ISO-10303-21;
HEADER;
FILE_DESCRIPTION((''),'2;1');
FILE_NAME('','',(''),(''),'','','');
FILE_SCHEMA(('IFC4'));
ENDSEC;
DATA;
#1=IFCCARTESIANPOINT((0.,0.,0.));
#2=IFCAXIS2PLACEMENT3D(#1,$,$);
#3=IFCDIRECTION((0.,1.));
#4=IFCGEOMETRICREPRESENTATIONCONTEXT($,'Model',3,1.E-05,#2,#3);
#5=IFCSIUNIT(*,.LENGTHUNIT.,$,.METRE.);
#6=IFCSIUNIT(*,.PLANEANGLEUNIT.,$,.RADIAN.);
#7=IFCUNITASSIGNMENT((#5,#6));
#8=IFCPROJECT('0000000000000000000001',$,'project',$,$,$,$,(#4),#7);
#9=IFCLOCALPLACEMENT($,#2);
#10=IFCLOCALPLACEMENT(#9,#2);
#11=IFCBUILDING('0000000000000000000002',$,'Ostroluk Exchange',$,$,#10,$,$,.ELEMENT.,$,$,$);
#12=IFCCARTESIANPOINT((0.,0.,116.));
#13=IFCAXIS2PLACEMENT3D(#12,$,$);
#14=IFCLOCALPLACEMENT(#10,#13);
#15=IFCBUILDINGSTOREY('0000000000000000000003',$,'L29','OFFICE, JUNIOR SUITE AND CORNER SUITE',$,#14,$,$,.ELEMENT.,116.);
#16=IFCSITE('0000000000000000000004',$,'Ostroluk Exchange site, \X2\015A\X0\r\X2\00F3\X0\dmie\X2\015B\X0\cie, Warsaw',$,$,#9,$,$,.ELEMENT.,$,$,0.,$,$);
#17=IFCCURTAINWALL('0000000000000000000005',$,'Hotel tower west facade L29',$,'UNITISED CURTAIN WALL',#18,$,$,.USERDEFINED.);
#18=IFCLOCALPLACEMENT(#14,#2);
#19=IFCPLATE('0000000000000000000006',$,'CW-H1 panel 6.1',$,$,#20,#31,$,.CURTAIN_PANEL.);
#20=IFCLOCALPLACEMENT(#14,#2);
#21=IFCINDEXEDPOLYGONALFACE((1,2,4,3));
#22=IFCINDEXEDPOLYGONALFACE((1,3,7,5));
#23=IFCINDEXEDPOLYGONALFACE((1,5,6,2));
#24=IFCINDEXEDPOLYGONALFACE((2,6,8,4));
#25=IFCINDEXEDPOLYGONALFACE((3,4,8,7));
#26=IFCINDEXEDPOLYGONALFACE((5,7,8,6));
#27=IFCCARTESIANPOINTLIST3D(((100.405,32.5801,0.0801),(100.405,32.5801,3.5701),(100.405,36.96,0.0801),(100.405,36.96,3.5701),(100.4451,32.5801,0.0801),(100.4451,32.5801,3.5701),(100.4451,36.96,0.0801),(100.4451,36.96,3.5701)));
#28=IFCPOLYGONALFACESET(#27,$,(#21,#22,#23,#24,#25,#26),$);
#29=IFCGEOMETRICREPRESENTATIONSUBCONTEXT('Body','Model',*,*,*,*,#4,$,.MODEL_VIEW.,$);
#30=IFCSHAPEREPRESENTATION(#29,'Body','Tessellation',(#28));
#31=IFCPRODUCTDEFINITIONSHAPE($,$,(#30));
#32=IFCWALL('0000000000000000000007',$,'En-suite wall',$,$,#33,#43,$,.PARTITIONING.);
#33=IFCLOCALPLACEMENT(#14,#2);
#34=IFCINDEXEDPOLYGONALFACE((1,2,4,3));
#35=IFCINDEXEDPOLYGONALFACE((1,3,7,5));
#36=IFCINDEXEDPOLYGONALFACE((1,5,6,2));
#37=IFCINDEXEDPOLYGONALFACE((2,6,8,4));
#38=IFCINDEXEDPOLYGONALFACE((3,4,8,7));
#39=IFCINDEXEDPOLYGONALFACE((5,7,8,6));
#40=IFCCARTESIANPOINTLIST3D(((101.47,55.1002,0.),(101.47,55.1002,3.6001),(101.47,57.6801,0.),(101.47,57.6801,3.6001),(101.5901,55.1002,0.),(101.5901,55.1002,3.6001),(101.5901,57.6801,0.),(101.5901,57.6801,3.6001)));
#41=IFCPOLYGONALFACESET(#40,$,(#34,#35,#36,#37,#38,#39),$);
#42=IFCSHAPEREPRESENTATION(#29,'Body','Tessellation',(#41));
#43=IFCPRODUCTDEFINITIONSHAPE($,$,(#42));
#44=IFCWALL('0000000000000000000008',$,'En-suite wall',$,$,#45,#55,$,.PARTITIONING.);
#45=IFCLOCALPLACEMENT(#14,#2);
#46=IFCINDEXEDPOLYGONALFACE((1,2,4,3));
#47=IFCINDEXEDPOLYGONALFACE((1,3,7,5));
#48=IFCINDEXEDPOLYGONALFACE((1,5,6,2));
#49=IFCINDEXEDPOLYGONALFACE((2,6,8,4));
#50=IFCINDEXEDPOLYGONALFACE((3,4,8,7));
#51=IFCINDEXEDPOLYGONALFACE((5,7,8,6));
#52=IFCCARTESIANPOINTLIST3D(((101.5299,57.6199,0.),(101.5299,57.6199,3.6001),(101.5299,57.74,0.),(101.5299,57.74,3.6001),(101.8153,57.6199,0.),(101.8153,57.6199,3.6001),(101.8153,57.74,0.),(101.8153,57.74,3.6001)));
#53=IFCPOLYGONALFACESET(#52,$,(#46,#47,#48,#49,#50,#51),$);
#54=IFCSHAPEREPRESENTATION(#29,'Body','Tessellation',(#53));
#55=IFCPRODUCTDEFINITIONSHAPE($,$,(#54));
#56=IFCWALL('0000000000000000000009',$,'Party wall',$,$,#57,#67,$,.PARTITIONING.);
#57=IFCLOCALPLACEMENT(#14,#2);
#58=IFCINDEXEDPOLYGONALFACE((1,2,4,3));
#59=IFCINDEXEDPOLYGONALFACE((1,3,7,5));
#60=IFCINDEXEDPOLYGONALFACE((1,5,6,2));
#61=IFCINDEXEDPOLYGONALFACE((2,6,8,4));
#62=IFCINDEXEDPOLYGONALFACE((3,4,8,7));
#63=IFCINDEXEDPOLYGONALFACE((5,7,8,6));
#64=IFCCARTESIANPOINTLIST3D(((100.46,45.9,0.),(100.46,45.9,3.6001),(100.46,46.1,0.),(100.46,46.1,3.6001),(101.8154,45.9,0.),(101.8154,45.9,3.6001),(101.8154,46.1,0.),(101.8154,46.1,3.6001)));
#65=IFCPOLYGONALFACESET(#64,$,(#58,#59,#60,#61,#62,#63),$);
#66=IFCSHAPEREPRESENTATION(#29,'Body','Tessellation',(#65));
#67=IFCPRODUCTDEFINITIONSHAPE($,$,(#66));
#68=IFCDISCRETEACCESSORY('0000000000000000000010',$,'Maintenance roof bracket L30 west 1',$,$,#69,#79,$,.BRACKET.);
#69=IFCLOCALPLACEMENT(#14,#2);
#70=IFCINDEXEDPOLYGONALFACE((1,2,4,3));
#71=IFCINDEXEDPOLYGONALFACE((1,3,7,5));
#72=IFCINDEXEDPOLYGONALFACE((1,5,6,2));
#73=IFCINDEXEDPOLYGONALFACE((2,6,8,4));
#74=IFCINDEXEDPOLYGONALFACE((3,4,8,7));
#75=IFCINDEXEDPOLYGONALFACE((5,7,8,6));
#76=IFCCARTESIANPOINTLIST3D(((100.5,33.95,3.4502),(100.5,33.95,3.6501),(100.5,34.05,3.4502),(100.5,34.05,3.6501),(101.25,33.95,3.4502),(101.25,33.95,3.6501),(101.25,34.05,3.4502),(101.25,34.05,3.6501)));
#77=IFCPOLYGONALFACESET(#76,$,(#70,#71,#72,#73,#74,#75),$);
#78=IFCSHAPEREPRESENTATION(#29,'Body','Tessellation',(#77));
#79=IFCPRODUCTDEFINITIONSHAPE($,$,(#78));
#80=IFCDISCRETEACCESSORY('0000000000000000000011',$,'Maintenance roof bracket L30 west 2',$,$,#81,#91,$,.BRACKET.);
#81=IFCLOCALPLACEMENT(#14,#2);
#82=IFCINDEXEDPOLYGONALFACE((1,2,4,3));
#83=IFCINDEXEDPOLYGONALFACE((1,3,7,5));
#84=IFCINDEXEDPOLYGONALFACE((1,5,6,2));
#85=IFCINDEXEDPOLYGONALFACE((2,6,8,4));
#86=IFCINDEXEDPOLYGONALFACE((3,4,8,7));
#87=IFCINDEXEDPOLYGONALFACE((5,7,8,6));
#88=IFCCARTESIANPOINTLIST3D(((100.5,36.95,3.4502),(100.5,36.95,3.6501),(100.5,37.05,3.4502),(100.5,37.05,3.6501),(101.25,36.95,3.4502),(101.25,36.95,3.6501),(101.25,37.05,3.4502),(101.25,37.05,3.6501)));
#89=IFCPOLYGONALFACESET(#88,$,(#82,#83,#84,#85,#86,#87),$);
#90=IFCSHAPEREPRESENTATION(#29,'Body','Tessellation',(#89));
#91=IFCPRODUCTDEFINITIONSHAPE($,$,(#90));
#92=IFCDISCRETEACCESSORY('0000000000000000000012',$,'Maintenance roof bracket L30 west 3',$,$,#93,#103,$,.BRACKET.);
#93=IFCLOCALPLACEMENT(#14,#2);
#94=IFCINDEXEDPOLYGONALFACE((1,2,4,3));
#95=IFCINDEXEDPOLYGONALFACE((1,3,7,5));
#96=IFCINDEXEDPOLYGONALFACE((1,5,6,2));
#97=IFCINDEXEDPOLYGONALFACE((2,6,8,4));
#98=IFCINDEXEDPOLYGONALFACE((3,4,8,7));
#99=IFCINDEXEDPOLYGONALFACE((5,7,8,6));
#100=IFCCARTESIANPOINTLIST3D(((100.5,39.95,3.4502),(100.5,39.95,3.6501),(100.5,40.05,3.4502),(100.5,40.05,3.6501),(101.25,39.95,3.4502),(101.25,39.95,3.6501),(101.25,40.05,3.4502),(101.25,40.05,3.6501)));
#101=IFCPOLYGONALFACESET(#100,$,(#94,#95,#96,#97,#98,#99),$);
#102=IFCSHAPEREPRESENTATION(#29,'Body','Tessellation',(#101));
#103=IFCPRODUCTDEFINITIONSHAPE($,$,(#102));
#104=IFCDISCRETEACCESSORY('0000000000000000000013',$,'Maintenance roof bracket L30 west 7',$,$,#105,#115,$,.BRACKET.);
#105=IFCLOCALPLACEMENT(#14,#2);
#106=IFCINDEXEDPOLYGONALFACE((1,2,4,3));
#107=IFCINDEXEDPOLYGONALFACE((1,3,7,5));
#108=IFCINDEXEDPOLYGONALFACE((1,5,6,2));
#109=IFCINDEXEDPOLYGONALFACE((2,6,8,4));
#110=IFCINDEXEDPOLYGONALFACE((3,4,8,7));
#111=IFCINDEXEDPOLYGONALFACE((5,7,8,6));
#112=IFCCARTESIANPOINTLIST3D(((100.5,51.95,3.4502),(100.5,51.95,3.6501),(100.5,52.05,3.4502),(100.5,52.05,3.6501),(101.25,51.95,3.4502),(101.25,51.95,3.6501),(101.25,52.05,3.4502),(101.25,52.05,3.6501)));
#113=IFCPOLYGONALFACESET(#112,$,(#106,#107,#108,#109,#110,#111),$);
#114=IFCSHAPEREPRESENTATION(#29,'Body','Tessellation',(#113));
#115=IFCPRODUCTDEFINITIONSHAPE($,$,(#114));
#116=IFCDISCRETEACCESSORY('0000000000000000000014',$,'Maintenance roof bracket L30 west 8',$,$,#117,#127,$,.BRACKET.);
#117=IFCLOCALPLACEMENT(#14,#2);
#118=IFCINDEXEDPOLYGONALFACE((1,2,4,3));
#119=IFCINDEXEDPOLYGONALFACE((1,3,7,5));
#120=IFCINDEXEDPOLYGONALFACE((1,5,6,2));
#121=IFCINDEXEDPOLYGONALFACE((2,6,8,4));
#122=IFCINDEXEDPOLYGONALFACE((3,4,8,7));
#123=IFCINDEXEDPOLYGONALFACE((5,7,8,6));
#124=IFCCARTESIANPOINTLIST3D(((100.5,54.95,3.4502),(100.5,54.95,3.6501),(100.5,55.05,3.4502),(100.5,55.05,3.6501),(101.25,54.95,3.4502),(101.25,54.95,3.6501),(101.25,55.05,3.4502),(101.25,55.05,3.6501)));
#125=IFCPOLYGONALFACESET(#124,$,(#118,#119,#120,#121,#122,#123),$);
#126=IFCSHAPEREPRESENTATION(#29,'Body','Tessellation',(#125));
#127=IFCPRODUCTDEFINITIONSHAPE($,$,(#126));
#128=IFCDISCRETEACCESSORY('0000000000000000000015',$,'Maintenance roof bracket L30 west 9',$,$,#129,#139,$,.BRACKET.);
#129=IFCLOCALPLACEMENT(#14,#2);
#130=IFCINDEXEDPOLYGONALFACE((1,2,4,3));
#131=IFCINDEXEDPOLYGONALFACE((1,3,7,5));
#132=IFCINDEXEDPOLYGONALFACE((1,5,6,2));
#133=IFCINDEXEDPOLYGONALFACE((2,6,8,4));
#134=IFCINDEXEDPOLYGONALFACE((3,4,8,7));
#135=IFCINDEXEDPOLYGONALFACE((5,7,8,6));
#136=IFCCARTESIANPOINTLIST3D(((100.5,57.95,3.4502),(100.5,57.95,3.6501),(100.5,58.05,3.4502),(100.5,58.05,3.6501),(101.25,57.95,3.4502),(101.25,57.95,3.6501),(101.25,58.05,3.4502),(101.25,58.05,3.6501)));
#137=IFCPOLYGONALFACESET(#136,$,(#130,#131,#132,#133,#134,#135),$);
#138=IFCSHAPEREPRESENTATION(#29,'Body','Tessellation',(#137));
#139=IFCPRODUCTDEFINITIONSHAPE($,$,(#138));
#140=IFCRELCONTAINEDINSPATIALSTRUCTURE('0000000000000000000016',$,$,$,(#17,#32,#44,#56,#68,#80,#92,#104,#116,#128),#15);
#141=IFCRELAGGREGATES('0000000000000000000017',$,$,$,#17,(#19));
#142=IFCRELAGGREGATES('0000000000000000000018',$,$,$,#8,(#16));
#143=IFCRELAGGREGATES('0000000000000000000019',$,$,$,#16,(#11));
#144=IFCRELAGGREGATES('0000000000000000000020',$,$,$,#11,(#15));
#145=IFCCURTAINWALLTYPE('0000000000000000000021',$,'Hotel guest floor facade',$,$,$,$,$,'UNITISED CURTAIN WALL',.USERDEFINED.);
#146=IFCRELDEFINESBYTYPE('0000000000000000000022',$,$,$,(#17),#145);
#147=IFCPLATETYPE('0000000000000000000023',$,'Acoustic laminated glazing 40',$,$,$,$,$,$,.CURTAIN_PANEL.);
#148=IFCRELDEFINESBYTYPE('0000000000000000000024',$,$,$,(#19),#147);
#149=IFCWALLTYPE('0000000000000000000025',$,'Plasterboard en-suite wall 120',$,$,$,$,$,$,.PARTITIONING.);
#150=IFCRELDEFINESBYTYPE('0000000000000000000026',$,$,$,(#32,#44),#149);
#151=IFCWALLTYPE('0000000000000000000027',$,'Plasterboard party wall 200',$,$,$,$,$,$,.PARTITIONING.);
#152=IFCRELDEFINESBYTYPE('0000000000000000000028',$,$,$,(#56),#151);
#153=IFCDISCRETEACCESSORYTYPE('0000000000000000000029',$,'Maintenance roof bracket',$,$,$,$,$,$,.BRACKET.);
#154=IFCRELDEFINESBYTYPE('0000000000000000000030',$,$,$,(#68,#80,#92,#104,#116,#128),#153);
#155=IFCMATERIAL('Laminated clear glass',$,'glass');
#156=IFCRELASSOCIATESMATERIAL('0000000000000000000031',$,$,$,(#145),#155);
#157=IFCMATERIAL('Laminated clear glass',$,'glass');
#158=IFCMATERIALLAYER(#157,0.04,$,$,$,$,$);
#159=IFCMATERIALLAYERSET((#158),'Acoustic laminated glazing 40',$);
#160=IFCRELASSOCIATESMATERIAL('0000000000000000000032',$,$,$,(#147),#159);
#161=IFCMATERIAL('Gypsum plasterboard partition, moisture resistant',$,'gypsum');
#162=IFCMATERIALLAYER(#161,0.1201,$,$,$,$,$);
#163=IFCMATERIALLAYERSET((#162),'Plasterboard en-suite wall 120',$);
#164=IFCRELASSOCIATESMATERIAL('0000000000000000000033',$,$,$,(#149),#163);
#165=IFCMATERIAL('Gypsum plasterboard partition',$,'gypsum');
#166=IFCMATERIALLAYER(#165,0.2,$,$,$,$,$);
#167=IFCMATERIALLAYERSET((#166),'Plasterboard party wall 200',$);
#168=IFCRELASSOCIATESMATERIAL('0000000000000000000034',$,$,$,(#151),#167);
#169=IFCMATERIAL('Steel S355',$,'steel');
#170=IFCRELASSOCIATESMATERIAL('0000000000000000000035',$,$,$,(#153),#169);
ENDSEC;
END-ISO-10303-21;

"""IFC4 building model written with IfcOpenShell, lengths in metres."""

from ifc_helpers import new_model, si_unit, direction, frame, frame_2d, origin, origin_2d, place, context, subcontext, project, spatial, rectangle, extrude, material, layer, layer_set, type_object, element, aggregate, save


model = new_model("IFC4")

# Units and contexts
model_context = context("Model", 3, precision=1e-05, world=origin(), true_north=direction((0.0, 1.0)))
body_context = subcontext(model_context, "Body", "Model", "MODEL_VIEW")
ifc_project = project(units=[si_unit("LENGTHUNIT", "METRE"), si_unit("PLANEANGLEUNIT", "RADIAN")], contexts=[model_context])

# Site, building, storey
site_placement = place(None, origin())
site = spatial("IfcSite", under=ifc_project, at=site_placement, Name="Ostroluk Exchange site, Śródmieście, Warsaw", CompositionType="ELEMENT", RefElevation=0.0)
building_placement = place(site_placement, origin())
building = spatial("IfcBuilding", under=site, at=building_placement, Name="Ostroluk Exchange", CompositionType="ELEMENT")
storey_placement = place(building_placement, frame((0.0, 0.0, 116.0)))
storey = spatial("IfcBuildingStorey", under=building, at=storey_placement, Name="L29", Description="OFFICE, JUNIOR SUITE AND CORNER SUITE", CompositionType="ELEMENT", Elevation=116.0)

# Curtain wall
ifc_material_1 = material(Name="Laminated clear glass", Category="glass")
curtain_wall_type_1 = type_object("IfcCurtainWallType", Name="Hotel guest floor facade", ElementType="UNITISED CURTAIN WALL", PredefinedType="USERDEFINED", material=ifc_material_1)
curtain_wall_1_placement = place(storey_placement, origin())
curtain_wall_1 = element("IfcCurtainWall", 1, at=curtain_wall_1_placement, inside=storey, type_object=curtain_wall_type_1, Name="Hotel tower west facade L29", ObjectType="UNITISED CURTAIN WALL", PredefinedType="USERDEFINED")

# Plate
ifc_material_2 = material(Name="Laminated clear glass", Category="glass")
ifc_layer_1 = layer(ifc_material_2, 0.04)
ifc_layer_set_1 = layer_set([ifc_layer_1], Name="Acoustic laminated glazing 40")
plate_type = type_object("IfcPlateType", Name="Acoustic laminated glazing 40", PredefinedType="CURTAIN_PANEL", material=ifc_layer_set_1)
plate_1_placement = place(storey_placement, frame((100.425, 34.77, 0.0801), z_axis=(0.0, 0.0, 1.0), x_axis=(0.0, -1.0, 0.0)))
plate_1 = element("IfcPlate", 2, at=plate_1_placement, type_object=plate_type, Name="CW-H1 panel 6.1", PredefinedType="CURTAIN_PANEL", context=body_context, shape_type="SweptSolid", body=[
    extrude(rectangle(XDim=4.3799, YDim=0.04, at=origin_2d()), origin(), (0.0, 0.0, 1.0), 3.49),
])
aggregate(curtain_wall_1, [plate_1])

# Walls
ifc_material_3 = material(Name="Gypsum plasterboard partition, moisture resistant", Category="gypsum")
ifc_layer_2 = layer(ifc_material_3, 0.1201)
ifc_layer_set_2 = layer_set([ifc_layer_2], Name="Plasterboard en-suite wall 120")
wall_type_1 = type_object("IfcWallType", Name="Plasterboard en-suite wall 120", PredefinedType="PARTITIONING", material=ifc_layer_set_2)
wall_1_placement = place(storey_placement, frame((101.53, 55.1001, 0.0), z_axis=(0.0, 0.0, 1.0), x_axis=(0.0, 1.0, 0.0)))
element("IfcWall", 3, at=wall_1_placement, inside=storey, type_object=wall_type_1, Name="En-suite wall", PredefinedType="PARTITIONING", context=body_context, shape_type="SweptSolid", body=[
    extrude(rectangle(XDim=2.5798, YDim=0.1201, at=frame_2d((1.29, 0.0))), origin(), (0.0, 0.0, 1.0), 3.6001),
])
wall_2_placement = place(storey_placement, frame((101.53, 57.6799, 0.0), z_axis=(0.0, 0.0, 1.0), x_axis=(1.0, 0.0, 0.0)))
element("IfcWall", 4, at=wall_2_placement, inside=storey, type_object=wall_type_1, Name="En-suite wall", PredefinedType="PARTITIONING", context=body_context, shape_type="SweptSolid", body=[
    extrude(rectangle(XDim=0.2854, YDim=0.1201, at=frame_2d((0.1426, 0.0))), origin(), (0.0, 0.0, 1.0), 3.6001),
])
ifc_material_4 = material(Name="Gypsum plasterboard partition", Category="gypsum")
ifc_layer_3 = layer(ifc_material_4, 0.2)
ifc_layer_set_3 = layer_set([ifc_layer_3], Name="Plasterboard party wall 200")
wall_type_2 = type_object("IfcWallType", Name="Plasterboard party wall 200", PredefinedType="PARTITIONING", material=ifc_layer_set_3)
wall_3_placement = place(storey_placement, frame((101.8154, 46.0, 0.0), z_axis=(0.0, 0.0, 1.0), x_axis=(-1.0, 0.0, 0.0)))
element("IfcWall", 5, at=wall_3_placement, inside=storey, type_object=wall_type_2, Name="Party wall", PredefinedType="PARTITIONING", context=body_context, shape_type="SweptSolid", body=[
    extrude(rectangle(XDim=1.3555, YDim=0.2, at=frame_2d((0.6777, 0.0))), origin(), (0.0, 0.0, 1.0), 3.6001),
])

# Discrete accessories
ifc_material_5 = material(Name="Steel S355", Category="steel")
discrete_accessory_type = type_object("IfcDiscreteAccessoryType", Name="Maintenance roof bracket", PredefinedType="BRACKET", material=ifc_material_5)
for number, where, z_axis, x_axis, name in (
    (6, (100.875, 34.0, 3.4502), (0.0, 0.0, 1.0), (1.0, 0.0, 0.0), "Maintenance roof bracket L30 west 1"),
    (7, (100.875, 37.0, 3.4502), (0.0, 0.0, 1.0), (1.0, 0.0, 0.0), "Maintenance roof bracket L30 west 2"),
    (8, (100.875, 40.0, 3.4502), (0.0, 0.0, 1.0), (1.0, 0.0, 0.0), "Maintenance roof bracket L30 west 3"),
    (9, (100.875, 52.0, 3.4502), (0.0, 0.0, 1.0), (1.0, 0.0, 0.0), "Maintenance roof bracket L30 west 7"),
    (10, (100.875, 55.0, 3.4502), (0.0, 0.0, 1.0), (1.0, 0.0, 0.0), "Maintenance roof bracket L30 west 8"),
    (11, (100.875, 58.0, 3.4502), (0.0, 0.0, 1.0), (1.0, 0.0, 0.0), "Maintenance roof bracket L30 west 9"),
):
    element("IfcDiscreteAccessory", number, at=place(storey_placement, frame(where, z_axis=z_axis, x_axis=x_axis)), inside=storey, type_object=discrete_accessory_type, Name=name, PredefinedType="BRACKET", context=body_context, shape_type="SweptSolid", body=[
        extrude(rectangle(XDim=0.75, YDim=0.1001, at=origin_2d()), origin(), (0.0, 0.0, 1.0), 0.2),
    ])

save(model, "model.ifc")
